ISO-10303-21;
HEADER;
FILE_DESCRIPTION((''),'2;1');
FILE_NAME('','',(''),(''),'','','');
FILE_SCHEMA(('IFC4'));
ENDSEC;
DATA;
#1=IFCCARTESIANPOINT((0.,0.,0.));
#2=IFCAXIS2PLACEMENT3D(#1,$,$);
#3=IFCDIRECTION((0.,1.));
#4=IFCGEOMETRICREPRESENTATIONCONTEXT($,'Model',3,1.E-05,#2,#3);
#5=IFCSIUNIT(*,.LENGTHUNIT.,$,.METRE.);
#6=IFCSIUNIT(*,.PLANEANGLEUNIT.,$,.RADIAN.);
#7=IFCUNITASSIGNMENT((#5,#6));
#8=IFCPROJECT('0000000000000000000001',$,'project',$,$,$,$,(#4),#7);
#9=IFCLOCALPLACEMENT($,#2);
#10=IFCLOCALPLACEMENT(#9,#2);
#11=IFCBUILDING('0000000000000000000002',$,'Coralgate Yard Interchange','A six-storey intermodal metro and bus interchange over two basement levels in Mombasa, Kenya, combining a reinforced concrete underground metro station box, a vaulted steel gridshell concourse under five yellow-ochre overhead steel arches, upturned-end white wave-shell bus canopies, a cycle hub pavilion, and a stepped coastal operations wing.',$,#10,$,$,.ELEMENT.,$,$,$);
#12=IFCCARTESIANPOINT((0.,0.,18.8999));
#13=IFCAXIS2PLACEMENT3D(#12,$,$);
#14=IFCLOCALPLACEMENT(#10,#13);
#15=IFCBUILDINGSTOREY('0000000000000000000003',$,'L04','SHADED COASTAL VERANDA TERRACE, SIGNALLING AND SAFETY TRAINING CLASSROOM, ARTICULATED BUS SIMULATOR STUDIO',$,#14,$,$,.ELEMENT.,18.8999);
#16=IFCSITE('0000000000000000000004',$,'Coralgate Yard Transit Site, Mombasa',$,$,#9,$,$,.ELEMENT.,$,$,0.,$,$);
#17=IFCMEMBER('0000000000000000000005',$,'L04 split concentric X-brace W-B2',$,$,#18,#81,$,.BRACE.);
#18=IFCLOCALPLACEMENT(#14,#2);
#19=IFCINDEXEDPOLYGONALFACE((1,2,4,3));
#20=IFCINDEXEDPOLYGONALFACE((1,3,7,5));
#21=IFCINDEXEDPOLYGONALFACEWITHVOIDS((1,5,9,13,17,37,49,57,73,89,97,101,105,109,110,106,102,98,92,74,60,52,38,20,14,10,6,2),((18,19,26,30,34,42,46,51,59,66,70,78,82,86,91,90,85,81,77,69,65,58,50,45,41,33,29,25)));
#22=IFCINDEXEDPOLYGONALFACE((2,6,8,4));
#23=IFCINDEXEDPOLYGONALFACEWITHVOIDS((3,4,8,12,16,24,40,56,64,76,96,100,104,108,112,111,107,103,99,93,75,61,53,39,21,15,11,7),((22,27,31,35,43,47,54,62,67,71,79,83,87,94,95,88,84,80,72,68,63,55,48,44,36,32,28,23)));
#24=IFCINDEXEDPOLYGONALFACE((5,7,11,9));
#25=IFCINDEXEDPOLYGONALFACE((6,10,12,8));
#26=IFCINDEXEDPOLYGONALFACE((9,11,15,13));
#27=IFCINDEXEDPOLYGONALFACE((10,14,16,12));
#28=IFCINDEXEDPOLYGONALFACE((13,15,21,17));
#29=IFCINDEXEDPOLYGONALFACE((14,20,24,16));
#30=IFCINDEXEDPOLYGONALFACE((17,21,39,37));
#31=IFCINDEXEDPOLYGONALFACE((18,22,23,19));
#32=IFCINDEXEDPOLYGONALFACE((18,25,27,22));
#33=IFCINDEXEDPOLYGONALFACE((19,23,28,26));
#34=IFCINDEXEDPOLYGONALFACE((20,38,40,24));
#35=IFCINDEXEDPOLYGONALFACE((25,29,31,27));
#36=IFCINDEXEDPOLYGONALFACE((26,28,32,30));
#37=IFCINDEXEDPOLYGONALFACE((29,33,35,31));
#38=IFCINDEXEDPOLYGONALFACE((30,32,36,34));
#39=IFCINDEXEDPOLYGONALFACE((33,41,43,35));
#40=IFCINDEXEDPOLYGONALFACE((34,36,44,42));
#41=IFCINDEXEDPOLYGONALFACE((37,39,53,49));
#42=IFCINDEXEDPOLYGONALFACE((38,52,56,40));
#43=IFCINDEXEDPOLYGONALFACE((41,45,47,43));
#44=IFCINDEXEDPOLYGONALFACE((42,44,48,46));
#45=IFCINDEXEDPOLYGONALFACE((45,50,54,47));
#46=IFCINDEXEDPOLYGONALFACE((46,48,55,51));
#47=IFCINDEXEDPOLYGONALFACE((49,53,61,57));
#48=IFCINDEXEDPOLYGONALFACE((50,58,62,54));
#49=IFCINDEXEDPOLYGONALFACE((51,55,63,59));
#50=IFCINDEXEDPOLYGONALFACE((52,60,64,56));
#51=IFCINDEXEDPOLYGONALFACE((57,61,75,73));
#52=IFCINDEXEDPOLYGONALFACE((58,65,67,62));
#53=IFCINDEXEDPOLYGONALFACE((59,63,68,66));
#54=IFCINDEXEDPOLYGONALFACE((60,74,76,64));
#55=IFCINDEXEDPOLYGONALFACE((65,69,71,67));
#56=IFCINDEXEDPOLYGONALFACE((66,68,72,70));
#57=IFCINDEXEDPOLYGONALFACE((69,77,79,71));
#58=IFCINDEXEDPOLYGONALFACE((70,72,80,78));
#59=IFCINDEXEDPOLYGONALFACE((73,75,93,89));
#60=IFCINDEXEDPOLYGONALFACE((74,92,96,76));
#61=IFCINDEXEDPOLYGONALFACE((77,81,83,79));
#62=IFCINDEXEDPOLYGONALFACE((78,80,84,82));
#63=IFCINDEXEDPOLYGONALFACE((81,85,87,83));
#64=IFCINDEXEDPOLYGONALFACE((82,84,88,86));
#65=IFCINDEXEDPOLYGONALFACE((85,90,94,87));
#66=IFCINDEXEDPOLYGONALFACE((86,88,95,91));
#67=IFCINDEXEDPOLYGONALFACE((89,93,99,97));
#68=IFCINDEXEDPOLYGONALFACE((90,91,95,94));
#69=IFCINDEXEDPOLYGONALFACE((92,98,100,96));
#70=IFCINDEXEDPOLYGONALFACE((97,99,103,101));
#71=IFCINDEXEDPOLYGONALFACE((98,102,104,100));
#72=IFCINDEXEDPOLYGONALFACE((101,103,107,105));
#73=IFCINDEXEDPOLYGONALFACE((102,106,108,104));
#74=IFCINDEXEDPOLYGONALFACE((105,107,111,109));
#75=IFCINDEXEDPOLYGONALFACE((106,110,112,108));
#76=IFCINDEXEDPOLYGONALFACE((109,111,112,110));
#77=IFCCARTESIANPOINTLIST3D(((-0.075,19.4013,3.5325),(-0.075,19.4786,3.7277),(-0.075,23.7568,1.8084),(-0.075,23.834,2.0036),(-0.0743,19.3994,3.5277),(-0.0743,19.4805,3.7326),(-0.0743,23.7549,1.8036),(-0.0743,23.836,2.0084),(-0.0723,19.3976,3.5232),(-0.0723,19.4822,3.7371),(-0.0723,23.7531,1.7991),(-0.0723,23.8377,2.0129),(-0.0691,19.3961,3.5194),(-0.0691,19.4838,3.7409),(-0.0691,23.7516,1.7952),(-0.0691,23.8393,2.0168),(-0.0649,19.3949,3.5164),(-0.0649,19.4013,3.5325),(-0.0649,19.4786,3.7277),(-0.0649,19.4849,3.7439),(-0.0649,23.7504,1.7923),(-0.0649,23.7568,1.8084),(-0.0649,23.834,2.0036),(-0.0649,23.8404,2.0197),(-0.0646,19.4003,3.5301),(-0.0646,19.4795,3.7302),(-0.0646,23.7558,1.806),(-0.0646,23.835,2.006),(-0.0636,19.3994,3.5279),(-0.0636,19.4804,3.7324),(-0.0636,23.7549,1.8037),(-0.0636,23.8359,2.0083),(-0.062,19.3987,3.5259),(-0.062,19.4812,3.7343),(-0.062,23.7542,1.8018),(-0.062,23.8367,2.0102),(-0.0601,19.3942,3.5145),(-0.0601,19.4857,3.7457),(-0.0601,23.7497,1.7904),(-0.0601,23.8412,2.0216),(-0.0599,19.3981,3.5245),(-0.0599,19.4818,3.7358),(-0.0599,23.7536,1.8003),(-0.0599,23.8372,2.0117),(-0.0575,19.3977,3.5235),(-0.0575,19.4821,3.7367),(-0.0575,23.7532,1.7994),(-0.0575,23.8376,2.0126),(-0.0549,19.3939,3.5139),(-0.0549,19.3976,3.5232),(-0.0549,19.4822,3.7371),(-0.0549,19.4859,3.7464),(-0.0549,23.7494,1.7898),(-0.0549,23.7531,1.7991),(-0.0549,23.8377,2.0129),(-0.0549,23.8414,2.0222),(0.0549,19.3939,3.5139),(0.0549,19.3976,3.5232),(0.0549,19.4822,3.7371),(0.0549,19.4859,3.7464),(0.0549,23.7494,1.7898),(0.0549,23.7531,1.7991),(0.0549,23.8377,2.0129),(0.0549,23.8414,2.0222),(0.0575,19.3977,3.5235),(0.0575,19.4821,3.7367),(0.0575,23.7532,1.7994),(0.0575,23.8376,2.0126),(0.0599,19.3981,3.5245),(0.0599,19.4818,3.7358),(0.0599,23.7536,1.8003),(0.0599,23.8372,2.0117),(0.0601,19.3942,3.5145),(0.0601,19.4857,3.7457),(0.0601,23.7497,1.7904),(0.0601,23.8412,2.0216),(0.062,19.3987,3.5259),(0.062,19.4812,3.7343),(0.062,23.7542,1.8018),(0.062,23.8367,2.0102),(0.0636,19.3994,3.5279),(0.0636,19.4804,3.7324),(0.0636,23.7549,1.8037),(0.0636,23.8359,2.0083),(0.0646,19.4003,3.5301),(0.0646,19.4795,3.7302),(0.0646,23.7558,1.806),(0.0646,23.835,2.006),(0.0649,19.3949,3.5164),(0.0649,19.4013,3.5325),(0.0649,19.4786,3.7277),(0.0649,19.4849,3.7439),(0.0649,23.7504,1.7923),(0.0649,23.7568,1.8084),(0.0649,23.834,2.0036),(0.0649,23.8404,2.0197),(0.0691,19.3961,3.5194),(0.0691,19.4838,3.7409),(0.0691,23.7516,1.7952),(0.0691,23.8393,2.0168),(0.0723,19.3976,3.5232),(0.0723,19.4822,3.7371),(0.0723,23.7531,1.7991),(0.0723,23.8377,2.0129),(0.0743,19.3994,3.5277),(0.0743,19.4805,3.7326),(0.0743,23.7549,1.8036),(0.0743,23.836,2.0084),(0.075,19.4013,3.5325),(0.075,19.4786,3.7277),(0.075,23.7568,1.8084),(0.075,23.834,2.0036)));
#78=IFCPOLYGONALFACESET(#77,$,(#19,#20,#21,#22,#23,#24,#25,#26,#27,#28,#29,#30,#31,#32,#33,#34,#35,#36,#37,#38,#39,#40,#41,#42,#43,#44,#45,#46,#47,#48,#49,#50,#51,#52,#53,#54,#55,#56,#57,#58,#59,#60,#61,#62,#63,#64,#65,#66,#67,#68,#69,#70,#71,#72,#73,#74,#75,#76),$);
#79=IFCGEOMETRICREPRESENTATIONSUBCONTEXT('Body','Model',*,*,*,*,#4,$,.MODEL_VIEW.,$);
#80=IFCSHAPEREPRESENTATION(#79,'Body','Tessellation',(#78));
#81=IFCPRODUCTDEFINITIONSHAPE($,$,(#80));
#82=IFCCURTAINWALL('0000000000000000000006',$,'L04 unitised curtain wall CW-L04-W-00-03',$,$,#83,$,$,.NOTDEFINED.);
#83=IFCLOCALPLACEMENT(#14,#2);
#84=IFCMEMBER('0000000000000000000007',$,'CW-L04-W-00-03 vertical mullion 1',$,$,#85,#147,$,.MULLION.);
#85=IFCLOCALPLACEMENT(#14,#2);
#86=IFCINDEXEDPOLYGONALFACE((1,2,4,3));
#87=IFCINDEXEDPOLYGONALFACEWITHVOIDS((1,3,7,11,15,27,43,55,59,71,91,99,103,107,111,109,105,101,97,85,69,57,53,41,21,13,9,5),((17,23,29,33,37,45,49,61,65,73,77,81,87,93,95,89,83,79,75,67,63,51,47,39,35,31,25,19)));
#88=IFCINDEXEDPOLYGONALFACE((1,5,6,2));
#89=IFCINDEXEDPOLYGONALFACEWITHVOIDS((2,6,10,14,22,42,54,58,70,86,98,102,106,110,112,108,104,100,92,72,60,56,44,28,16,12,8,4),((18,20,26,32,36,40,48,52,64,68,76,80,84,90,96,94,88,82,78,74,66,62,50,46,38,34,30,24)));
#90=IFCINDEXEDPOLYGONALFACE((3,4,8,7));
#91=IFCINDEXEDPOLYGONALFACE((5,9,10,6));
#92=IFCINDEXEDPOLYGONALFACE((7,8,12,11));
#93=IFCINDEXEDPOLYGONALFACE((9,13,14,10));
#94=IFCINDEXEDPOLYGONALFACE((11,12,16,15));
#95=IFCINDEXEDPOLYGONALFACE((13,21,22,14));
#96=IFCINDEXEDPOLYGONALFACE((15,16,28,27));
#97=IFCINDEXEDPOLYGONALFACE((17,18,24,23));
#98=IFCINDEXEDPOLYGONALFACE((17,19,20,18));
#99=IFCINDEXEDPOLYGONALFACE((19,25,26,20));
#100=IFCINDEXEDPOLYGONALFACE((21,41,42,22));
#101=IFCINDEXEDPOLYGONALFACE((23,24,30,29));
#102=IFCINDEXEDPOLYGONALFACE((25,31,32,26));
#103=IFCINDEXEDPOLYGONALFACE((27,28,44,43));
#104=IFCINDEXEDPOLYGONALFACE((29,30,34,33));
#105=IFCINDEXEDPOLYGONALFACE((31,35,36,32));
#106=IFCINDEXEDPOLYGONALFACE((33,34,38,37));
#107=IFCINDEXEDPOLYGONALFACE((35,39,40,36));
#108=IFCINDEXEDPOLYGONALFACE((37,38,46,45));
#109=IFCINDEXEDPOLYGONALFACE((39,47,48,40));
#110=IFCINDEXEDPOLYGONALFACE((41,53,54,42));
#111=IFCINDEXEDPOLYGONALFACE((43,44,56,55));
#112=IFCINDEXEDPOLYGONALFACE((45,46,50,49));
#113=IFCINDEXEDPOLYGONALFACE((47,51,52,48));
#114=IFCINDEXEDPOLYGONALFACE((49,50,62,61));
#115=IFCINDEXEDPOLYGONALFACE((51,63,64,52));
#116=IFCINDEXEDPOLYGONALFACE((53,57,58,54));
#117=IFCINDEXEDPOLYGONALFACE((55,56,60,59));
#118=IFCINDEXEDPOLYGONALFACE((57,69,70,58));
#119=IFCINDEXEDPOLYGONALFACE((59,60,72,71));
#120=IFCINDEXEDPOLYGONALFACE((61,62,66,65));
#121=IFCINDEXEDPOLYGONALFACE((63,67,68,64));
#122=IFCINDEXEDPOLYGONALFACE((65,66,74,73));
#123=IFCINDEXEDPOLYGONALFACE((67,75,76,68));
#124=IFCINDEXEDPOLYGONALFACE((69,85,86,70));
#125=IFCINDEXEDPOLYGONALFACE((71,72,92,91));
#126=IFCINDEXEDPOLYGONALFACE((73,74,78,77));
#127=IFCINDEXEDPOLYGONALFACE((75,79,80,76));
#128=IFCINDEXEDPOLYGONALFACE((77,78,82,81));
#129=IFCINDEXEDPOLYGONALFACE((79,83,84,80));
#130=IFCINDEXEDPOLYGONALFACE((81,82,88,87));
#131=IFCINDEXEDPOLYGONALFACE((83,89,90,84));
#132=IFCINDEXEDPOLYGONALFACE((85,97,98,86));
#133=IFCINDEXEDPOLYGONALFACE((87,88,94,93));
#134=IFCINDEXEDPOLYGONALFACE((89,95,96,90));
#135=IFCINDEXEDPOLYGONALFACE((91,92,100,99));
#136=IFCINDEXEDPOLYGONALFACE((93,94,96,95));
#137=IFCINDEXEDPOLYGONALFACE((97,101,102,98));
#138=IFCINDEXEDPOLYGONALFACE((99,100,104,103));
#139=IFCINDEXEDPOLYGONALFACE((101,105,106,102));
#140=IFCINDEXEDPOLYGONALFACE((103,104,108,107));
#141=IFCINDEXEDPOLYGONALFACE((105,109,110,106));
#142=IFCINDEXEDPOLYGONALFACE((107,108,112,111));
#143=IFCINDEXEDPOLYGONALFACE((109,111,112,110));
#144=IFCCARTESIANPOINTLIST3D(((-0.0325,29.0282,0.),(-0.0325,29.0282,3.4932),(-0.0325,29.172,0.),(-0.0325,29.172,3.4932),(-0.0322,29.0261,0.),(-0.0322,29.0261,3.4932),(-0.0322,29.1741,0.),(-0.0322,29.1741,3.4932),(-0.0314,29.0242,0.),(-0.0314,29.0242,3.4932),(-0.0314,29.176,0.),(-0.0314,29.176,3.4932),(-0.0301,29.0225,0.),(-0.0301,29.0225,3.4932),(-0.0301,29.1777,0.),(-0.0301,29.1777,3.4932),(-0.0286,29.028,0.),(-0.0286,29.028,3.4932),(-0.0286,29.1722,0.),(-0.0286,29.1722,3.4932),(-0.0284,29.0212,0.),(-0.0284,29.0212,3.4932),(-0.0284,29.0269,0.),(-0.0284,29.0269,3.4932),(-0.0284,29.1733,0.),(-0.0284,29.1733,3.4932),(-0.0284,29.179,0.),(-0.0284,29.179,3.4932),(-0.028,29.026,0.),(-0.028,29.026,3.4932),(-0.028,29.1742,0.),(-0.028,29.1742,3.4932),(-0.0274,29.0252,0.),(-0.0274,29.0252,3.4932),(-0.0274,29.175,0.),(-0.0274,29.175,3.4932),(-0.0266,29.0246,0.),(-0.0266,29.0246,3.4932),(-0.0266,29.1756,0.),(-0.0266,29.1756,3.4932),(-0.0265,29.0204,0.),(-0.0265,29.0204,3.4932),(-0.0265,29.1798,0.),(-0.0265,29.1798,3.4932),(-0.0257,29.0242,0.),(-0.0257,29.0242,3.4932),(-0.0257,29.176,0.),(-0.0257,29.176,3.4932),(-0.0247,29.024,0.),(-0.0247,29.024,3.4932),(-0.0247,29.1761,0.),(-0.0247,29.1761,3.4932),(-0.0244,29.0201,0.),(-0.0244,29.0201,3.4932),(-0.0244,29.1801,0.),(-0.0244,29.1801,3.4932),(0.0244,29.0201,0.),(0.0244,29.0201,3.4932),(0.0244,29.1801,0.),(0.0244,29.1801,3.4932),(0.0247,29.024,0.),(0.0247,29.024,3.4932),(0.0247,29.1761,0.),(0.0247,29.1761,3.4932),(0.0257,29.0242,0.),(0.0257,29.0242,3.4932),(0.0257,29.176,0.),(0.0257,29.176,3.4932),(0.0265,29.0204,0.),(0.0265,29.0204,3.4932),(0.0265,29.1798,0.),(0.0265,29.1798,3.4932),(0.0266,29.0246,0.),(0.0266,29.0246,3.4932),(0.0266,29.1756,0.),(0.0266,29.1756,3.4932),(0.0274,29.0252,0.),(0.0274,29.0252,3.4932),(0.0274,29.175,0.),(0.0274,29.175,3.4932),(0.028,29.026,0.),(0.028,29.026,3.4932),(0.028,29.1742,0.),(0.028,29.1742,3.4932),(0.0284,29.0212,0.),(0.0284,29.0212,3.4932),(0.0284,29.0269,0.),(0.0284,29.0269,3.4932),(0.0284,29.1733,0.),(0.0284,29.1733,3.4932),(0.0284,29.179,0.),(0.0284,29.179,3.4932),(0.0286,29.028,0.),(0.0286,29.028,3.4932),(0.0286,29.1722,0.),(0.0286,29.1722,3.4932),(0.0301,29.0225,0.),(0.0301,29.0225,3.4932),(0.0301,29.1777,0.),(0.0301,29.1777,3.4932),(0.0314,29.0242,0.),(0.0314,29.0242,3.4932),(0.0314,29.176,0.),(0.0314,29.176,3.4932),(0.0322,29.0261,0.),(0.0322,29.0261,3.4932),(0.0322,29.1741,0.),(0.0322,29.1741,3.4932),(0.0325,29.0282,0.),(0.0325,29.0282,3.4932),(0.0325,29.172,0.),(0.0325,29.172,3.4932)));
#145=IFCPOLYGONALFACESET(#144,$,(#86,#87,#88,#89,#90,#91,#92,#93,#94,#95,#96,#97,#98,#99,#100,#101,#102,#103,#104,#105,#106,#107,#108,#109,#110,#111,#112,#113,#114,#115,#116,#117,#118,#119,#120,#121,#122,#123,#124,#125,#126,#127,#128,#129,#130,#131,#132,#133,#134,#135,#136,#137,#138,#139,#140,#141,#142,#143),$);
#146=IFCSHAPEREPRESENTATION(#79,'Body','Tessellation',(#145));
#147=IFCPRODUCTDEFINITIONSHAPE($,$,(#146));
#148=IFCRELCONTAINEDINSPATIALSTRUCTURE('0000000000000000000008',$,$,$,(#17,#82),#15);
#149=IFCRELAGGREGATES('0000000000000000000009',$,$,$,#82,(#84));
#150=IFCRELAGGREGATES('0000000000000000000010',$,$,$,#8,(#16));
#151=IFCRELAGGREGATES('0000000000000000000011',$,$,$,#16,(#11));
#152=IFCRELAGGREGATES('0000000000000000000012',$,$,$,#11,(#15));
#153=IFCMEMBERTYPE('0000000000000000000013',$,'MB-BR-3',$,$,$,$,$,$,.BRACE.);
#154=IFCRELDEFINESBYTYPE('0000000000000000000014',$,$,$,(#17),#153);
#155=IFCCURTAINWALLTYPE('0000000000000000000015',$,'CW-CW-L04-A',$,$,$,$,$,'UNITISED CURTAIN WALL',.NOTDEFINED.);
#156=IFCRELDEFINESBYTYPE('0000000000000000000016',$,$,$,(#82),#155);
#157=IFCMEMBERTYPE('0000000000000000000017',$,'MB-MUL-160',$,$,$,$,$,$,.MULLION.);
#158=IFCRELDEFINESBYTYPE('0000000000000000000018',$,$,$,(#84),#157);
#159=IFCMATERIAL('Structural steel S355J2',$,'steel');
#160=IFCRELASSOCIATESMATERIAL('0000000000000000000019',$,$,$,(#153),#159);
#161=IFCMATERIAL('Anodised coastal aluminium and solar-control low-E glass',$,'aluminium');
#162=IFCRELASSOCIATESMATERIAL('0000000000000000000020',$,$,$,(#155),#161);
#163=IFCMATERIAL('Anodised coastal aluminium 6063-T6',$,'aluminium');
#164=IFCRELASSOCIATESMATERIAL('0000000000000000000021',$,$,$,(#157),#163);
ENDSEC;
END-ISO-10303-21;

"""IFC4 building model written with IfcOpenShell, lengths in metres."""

from ifc_helpers import new_model, si_unit, direction, frame, origin, origin_2d, place, context, subcontext, project, spatial, hollow_rectangle, extrude, material, material_profile, profile_set, type_object, element, aggregate, save


model = new_model("IFC4")

# Units and contexts
model_context = context("Model", 3, precision=1e-05, world=origin(), true_north=direction((0.0, 1.0)))
body_context = subcontext(model_context, "Body", "Model", "MODEL_VIEW")
ifc_project = project(units=[si_unit("LENGTHUNIT", "METRE"), si_unit("PLANEANGLEUNIT", "RADIAN")], contexts=[model_context])

# Site, building, storey
site_placement = place(None, origin())
site = spatial("IfcSite", under=ifc_project, at=site_placement, Name="Coralgate Yard Transit Site, Mombasa", CompositionType="ELEMENT", RefElevation=0.0)
building_placement = place(site_placement, origin())
building = spatial("IfcBuilding", under=site, at=building_placement, Name="Coralgate Yard Interchange", Description="A six-storey intermodal metro and bus interchange over two basement levels in Mombasa, Kenya, combining a reinforced concrete underground metro station box, a vaulted steel gridshell concourse under five yellow-ochre overhead steel arches, upturned-end white wave-shell bus canopies, a cycle hub pavilion, and a stepped coastal operations wing.", CompositionType="ELEMENT")
storey_placement = place(building_placement, frame((0.0, 0.0, 18.8999)))
storey = spatial("IfcBuildingStorey", under=building, at=storey_placement, Name="L04", Description="SHADED COASTAL VERANDA TERRACE, SIGNALLING AND SAFETY TRAINING CLASSROOM, ARTICULATED BUS SIMULATOR STUDIO", CompositionType="ELEMENT", Elevation=18.8999)

# Shared definitions
ifc_material_1 = material(Name="Structural steel S355J2", Category="steel")

# Member
ifc_material_profile_1 = material_profile(ifc_material_1, hollow_rectangle(XDim=0.1499, YDim=0.25, WallThickness=0.01, InnerFilletRadius=0.01, OuterFilletRadius=0.02, at=origin_2d()), Name="RHS 250x150x10")
ifc_profile_set_1 = profile_set([ifc_material_profile_1], Name="Structural steel S355J2")
member_type_1 = type_object("IfcMemberType", Name="MB-BR-3", PredefinedType="BRACE", material=ifc_profile_set_1)
for number, where, z_axis, x_axis, name in (
    (1, (0.0, 23.7954, 1.906), (0.0, -0.929801, 0.368063), (1.0, 0.0, 0.0), "L04 split concentric X-brace W-B2"),
):
    element("IfcMember", number, at=place(storey_placement, frame(where, z_axis=z_axis, x_axis=x_axis)), inside=storey, type_object=member_type_1, Name=name, PredefinedType="BRACE", context=body_context, shape_type="SweptSolid", body=[
        extrude(hollow_rectangle(XDim=0.1499, YDim=0.25, WallThickness=0.01, InnerFilletRadius=0.01, OuterFilletRadius=0.02, at=origin_2d()), origin(), (0.0, 0.0, 1.0), 4.6843),
    ])

# Curtain wall, member
ifc_material_2 = material(Name="Anodised coastal aluminium and solar-control low-E glass", Category="aluminium")
curtain_wall_type = type_object("IfcCurtainWallType", Name="CW-CW-L04-A", ElementType="UNITISED CURTAIN WALL", PredefinedType="NOTDEFINED", material=ifc_material_2)
curtain_wall_placement = place(storey_placement, origin())
curtain_wall = element("IfcCurtainWall", 2, at=curtain_wall_placement, inside=storey, type_object=curtain_wall_type, Name="L04 unitised curtain wall CW-L04-W-00-03", PredefinedType="NOTDEFINED")
ifc_material_3 = material(Name="Anodised coastal aluminium 6063-T6", Category="aluminium")
ifc_material_profile_2 = material_profile(ifc_material_3, hollow_rectangle(XDim=0.0649, YDim=0.1599, WallThickness=0.0039, InnerFilletRadius=0.0039, OuterFilletRadius=0.0081, at=origin_2d()), Name="ALU 65x160x4")
ifc_profile_set_2 = profile_set([ifc_material_profile_2], Name="Anodised coastal aluminium 6063-T6")
member_type_2 = type_object("IfcMemberType", Name="MB-MUL-160", PredefinedType="MULLION", material=ifc_profile_set_2)
member_1_placement = place(storey_placement, frame((0.0, 29.1001, 0.0), z_axis=(0.0, 0.0, 1.0), x_axis=(1.0, 0.0, 0.0)))
member_1 = element("IfcMember", 3, at=member_1_placement, type_object=member_type_2, Name="CW-L04-W-00-03 vertical mullion 1", PredefinedType="MULLION", context=body_context, shape_type="SweptSolid", body=[
    extrude(hollow_rectangle(XDim=0.0649, YDim=0.1599, WallThickness=0.0039, InnerFilletRadius=0.0039, OuterFilletRadius=0.0081, at=origin_2d()), origin(), (0.0, 0.0, 1.0), 3.4932),
])
aggregate(curtain_wall, [member_1])

save(model, "model.ifc")
